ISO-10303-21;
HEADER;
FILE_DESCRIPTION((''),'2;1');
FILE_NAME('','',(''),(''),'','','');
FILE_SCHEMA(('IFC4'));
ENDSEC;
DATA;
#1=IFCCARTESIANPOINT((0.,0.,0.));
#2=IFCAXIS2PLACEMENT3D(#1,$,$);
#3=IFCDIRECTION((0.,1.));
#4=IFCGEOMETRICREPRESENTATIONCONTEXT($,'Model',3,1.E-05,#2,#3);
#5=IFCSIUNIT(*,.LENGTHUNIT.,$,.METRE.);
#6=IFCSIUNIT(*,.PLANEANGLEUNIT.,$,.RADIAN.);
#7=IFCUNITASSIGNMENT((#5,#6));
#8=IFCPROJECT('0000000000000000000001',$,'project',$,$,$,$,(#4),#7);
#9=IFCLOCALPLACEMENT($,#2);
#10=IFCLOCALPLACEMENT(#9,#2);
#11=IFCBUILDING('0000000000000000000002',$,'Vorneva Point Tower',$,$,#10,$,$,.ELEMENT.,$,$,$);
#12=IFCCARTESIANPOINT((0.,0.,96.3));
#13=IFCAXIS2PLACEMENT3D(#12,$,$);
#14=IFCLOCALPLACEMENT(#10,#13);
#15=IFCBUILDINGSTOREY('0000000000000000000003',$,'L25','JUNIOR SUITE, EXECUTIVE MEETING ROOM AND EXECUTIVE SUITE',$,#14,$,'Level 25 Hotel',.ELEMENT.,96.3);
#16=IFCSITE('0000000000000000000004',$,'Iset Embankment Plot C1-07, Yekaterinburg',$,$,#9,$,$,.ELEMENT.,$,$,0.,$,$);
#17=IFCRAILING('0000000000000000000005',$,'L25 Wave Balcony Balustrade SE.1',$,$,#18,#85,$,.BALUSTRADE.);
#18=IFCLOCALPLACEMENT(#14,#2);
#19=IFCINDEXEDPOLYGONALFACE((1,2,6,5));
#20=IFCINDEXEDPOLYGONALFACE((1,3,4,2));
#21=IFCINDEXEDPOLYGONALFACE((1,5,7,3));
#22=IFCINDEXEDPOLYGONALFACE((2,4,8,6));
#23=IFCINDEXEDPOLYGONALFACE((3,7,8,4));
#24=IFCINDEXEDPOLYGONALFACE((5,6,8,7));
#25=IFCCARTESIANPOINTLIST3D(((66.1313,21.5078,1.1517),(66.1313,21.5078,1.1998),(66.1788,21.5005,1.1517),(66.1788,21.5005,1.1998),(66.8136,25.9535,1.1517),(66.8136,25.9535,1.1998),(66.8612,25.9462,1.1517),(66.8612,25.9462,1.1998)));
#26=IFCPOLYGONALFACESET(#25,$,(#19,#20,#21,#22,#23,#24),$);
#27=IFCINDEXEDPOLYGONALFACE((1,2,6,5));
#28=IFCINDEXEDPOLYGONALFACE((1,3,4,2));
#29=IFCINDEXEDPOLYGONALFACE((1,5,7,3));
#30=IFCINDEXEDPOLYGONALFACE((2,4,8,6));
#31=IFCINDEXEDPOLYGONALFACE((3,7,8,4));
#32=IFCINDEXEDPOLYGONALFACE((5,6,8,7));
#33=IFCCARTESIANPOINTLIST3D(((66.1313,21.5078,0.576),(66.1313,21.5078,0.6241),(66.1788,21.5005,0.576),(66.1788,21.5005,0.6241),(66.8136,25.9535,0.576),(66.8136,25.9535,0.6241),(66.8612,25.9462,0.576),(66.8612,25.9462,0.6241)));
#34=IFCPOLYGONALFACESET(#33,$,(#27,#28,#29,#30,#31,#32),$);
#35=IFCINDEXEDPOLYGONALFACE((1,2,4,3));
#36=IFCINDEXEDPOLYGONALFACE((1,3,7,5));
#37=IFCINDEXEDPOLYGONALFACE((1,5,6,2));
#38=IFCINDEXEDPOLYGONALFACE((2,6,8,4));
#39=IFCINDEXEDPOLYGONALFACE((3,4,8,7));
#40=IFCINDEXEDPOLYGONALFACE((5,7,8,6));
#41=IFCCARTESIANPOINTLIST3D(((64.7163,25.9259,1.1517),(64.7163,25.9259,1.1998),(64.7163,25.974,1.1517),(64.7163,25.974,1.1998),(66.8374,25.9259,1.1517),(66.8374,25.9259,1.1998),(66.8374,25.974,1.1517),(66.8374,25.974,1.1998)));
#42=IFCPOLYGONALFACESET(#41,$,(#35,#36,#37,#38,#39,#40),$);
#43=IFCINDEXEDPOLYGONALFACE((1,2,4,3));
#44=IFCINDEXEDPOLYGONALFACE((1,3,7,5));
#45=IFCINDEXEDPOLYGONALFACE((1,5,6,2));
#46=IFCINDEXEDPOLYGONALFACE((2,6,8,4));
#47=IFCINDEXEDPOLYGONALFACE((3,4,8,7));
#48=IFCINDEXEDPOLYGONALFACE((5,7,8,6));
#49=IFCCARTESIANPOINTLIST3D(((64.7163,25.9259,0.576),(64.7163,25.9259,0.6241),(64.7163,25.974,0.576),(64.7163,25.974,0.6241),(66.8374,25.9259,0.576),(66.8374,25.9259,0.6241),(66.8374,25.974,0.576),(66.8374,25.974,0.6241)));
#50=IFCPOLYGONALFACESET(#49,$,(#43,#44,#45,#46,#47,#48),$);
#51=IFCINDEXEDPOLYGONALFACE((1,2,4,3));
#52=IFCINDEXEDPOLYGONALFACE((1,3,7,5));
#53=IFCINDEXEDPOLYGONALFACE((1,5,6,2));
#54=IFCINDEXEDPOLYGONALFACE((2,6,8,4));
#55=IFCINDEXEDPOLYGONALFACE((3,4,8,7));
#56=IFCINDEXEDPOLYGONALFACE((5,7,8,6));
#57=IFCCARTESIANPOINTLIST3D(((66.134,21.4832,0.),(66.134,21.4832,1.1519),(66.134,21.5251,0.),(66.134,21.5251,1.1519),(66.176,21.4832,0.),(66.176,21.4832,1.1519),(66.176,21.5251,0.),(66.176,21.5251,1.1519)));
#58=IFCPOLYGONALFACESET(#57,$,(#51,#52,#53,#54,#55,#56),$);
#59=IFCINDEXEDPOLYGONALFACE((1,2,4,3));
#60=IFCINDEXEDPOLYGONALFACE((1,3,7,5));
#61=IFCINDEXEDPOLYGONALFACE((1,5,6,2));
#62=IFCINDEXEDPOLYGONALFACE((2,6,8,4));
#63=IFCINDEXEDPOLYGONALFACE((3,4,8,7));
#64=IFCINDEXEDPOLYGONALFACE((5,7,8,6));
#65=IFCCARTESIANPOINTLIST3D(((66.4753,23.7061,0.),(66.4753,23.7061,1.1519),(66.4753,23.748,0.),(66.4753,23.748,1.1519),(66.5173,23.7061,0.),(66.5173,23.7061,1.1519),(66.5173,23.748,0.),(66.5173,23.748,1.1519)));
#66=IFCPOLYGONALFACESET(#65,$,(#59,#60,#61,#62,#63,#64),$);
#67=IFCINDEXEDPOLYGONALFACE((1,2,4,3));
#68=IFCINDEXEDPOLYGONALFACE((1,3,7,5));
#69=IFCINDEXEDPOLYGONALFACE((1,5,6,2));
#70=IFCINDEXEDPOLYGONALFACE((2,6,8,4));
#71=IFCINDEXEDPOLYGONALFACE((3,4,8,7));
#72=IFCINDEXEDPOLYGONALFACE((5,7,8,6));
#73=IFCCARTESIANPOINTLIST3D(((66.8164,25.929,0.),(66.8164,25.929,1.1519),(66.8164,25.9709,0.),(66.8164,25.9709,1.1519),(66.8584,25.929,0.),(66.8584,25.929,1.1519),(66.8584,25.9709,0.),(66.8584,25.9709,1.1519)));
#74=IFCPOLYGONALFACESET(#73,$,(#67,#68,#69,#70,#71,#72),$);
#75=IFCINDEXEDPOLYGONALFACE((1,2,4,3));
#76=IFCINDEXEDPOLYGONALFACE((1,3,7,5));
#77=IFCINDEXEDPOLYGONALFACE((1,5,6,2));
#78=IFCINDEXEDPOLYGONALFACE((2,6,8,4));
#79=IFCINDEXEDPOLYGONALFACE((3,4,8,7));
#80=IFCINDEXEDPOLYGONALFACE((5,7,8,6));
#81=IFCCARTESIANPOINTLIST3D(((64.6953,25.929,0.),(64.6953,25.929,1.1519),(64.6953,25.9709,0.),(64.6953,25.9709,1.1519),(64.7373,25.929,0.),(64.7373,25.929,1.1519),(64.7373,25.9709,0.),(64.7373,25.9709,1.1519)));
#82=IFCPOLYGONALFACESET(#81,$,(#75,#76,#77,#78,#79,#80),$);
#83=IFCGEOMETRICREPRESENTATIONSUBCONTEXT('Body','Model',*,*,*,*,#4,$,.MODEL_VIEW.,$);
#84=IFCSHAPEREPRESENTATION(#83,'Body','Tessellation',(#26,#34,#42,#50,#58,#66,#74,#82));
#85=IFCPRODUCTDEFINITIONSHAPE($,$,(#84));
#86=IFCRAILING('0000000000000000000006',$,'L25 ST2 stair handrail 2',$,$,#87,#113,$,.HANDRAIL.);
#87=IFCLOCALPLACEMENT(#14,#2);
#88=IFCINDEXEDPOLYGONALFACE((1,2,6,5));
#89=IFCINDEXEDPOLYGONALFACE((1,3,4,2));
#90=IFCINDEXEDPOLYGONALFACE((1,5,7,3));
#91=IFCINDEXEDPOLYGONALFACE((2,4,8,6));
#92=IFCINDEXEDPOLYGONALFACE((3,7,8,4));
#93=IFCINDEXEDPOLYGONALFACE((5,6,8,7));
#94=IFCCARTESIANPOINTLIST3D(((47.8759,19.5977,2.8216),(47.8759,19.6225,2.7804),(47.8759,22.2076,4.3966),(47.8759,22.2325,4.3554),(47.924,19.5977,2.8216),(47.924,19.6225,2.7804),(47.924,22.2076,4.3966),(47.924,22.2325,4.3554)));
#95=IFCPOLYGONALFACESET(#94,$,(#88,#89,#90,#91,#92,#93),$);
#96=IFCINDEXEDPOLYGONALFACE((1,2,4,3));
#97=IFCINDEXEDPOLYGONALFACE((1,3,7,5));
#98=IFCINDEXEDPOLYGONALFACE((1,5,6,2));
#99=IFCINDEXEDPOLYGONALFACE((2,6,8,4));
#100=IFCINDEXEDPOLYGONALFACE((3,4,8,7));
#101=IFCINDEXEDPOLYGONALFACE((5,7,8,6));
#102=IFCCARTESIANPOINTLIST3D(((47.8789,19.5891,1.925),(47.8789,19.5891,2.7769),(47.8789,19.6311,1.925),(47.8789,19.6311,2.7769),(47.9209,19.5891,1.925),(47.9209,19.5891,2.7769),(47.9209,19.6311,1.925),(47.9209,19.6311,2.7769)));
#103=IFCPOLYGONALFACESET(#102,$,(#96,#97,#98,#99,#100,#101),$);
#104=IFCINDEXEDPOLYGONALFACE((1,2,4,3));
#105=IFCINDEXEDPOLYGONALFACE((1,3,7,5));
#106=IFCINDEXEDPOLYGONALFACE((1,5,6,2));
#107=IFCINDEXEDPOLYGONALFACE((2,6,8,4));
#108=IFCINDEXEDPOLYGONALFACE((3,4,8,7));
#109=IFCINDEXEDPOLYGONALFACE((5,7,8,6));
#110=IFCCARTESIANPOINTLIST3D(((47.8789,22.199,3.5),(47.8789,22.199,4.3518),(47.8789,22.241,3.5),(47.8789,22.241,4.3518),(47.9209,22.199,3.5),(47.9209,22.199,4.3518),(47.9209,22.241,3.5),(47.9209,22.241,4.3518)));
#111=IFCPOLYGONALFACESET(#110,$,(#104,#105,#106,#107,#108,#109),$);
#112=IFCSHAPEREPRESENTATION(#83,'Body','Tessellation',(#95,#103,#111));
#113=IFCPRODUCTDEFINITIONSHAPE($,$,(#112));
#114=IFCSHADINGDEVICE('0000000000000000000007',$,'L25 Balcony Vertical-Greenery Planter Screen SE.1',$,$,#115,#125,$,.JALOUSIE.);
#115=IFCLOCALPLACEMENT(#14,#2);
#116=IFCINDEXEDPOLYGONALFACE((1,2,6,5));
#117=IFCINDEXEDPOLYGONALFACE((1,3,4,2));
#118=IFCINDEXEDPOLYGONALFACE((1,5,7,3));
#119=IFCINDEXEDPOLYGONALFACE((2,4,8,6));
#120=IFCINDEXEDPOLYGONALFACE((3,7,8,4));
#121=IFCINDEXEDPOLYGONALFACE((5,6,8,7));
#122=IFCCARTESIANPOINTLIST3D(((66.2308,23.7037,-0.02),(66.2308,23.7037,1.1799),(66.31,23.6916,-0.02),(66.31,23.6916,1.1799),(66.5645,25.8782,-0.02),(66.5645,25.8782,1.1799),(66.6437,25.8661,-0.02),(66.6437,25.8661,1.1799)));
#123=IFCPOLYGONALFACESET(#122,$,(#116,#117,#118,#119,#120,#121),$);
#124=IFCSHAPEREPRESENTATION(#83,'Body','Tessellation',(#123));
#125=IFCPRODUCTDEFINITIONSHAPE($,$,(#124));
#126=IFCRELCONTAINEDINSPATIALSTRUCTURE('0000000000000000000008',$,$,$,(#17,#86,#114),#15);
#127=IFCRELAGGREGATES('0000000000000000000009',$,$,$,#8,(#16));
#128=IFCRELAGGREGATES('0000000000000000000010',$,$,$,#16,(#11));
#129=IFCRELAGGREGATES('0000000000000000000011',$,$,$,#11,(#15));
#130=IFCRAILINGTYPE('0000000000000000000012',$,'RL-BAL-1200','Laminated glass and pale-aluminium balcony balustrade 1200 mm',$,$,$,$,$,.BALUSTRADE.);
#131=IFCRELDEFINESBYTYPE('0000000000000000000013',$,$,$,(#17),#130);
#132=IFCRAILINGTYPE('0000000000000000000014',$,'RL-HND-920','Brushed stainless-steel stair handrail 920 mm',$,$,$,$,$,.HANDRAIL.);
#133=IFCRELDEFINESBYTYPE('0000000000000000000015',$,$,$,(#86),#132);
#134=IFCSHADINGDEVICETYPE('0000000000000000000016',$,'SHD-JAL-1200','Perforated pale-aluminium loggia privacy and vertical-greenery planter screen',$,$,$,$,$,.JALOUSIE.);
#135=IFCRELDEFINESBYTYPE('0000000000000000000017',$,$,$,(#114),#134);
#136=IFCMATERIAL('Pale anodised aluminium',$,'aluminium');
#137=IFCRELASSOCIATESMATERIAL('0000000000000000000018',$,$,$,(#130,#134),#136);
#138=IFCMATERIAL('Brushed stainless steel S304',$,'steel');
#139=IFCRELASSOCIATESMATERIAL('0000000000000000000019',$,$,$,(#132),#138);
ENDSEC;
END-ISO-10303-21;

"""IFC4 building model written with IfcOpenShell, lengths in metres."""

from ifc_helpers import new_model, si_unit, direction, frame, origin, origin_2d, place, context, subcontext, project, spatial, rectangle, extrude, material, type_object, element, save


model = new_model("IFC4")

# Units and contexts
model_context = context("Model", 3, precision=1e-05, world=origin(), true_north=direction((0.0, 1.0)))
body_context = subcontext(model_context, "Body", "Model", "MODEL_VIEW")
ifc_project = project(units=[si_unit("LENGTHUNIT", "METRE"), si_unit("PLANEANGLEUNIT", "RADIAN")], contexts=[model_context])

# Site, building, storey
site_placement = place(None, origin())
site = spatial("IfcSite", under=ifc_project, at=site_placement, Name="Iset Embankment Plot C1-07, Yekaterinburg", CompositionType="ELEMENT", RefElevation=0.0)
building_placement = place(site_placement, origin())
building = spatial("IfcBuilding", under=site, at=building_placement, Name="Vorneva Point Tower", CompositionType="ELEMENT")
storey_placement = place(building_placement, frame((0.0, 0.0, 96.3)))
storey = spatial("IfcBuildingStorey", under=building, at=storey_placement, Name="L25", Description="JUNIOR SUITE, EXECUTIVE MEETING ROOM AND EXECUTIVE SUITE", LongName="Level 25 Hotel", CompositionType="ELEMENT", Elevation=96.3)

# Shared definitions
ifc_material_1 = material(Name="Pale anodised aluminium", Category="aluminium")

# Railings
railing_type_1 = type_object("IfcRailingType", Name="RL-BAL-1200", Description="Laminated glass and pale-aluminium balcony balustrade 1200 mm", PredefinedType="BALUSTRADE", material=ifc_material_1)
railing_1_placement = place(storey_placement, frame((66.155, 21.5042, 0.0)))
element("IfcRailing", 1, at=railing_1_placement, inside=storey, type_object=railing_type_1, Name="L25 Wave Balcony Balustrade SE.1", PredefinedType="BALUSTRADE", context=body_context, shape_type="SweptSolid", body=[
    extrude(rectangle(XDim=0.0481, YDim=0.0481, at=origin_2d()), frame((0.0, 0.0, 1.1758), z_axis=(0.15171, 0.988425, 0.0), x_axis=(-0.988425, 0.15171, 0.0)), (0.0, 0.0, 1.0), 4.4978),
    extrude(rectangle(XDim=0.0481, YDim=0.0481, at=origin_2d()), frame((0.0, 0.0, 0.6001), z_axis=(0.15171, 0.988425, 0.0), x_axis=(-0.988425, 0.15171, 0.0)), (0.0, 0.0, 1.0), 4.4978),
    extrude(rectangle(XDim=0.0481, YDim=0.0481, at=origin_2d()), frame((0.6824, 4.4458, 1.1758), z_axis=(-1.0, 0.0, 0.0), x_axis=(0.0, -1.0, 0.0)), (0.0, 0.0, 1.0), 2.1211),
    extrude(rectangle(XDim=0.0481, YDim=0.0481, at=origin_2d()), frame((0.6824, 4.4458, 0.6001), z_axis=(-1.0, 0.0, 0.0), x_axis=(0.0, -1.0, 0.0)), (0.0, 0.0, 1.0), 2.1211),
    extrude(rectangle(XDim=0.042, YDim=0.042, at=origin_2d()), origin(), (0.0, 0.0, 1.0), 1.1519),
    extrude(rectangle(XDim=0.042, YDim=0.042, at=origin_2d()), frame((0.3413, 2.2229, 0.0)), (0.0, 0.0, 1.0), 1.1519),
    extrude(rectangle(XDim=0.042, YDim=0.042, at=origin_2d()), frame((0.6824, 4.4458, 0.0)), (0.0, 0.0, 1.0), 1.1519),
    extrude(rectangle(XDim=0.042, YDim=0.042, at=origin_2d()), frame((-1.4387, 4.4458, 0.0)), (0.0, 0.0, 1.0), 1.1519),
])
ifc_material_2 = material(Name="Brushed stainless steel S304", Category="steel")
railing_type_2 = type_object("IfcRailingType", Name="RL-HND-920", Description="Brushed stainless-steel stair handrail 920 mm", PredefinedType="HANDRAIL", material=ifc_material_2)
railing_2_placement = place(storey_placement, frame((47.8999, 19.6101, 1.925)))
element("IfcRailing", 2, at=railing_2_placement, inside=storey, type_object=railing_type_2, Name="L25 ST2 stair handrail 2", PredefinedType="HANDRAIL", context=body_context, shape_type="SweptSolid", body=[
    extrude(rectangle(XDim=0.0481, YDim=0.0481, at=origin_2d()), frame((0.0, 0.0, 0.876), z_axis=(0.0, 0.856183, 0.516673), x_axis=(-1.0, 0.0, 0.0)), (0.0, 0.0, 1.0), 3.0483),
    extrude(rectangle(XDim=0.042, YDim=0.042, at=origin_2d()), origin(), (0.0, 0.0, 1.0), 0.8518),
    extrude(rectangle(XDim=0.042, YDim=0.042, at=origin_2d()), frame((0.0, 2.6099, 1.575)), (0.0, 0.0, 1.0), 0.8518),
])

# Shading device
shading_device_type = type_object("IfcShadingDeviceType", Name="SHD-JAL-1200", Description="Perforated pale-aluminium loggia privacy and vertical-greenery planter screen", PredefinedType="JALOUSIE", material=ifc_material_1)
shading_device_placement = place(storey_placement, frame((66.4373, 24.7849, -0.02), z_axis=(0.0, 0.0, 1.0), x_axis=(0.151692, 0.988428, 0.0)))
element("IfcShadingDevice", 3, at=shading_device_placement, inside=storey, type_object=shading_device_type, Name="L25 Balcony Vertical-Greenery Planter Screen SE.1", PredefinedType="JALOUSIE", context=body_context, shape_type="SweptSolid", body=[
    extrude(rectangle(XDim=2.2, YDim=0.0801, at=origin_2d()), origin(), (0.0, 0.0, 1.0), 1.2),
])

save(model, "model.ifc")
